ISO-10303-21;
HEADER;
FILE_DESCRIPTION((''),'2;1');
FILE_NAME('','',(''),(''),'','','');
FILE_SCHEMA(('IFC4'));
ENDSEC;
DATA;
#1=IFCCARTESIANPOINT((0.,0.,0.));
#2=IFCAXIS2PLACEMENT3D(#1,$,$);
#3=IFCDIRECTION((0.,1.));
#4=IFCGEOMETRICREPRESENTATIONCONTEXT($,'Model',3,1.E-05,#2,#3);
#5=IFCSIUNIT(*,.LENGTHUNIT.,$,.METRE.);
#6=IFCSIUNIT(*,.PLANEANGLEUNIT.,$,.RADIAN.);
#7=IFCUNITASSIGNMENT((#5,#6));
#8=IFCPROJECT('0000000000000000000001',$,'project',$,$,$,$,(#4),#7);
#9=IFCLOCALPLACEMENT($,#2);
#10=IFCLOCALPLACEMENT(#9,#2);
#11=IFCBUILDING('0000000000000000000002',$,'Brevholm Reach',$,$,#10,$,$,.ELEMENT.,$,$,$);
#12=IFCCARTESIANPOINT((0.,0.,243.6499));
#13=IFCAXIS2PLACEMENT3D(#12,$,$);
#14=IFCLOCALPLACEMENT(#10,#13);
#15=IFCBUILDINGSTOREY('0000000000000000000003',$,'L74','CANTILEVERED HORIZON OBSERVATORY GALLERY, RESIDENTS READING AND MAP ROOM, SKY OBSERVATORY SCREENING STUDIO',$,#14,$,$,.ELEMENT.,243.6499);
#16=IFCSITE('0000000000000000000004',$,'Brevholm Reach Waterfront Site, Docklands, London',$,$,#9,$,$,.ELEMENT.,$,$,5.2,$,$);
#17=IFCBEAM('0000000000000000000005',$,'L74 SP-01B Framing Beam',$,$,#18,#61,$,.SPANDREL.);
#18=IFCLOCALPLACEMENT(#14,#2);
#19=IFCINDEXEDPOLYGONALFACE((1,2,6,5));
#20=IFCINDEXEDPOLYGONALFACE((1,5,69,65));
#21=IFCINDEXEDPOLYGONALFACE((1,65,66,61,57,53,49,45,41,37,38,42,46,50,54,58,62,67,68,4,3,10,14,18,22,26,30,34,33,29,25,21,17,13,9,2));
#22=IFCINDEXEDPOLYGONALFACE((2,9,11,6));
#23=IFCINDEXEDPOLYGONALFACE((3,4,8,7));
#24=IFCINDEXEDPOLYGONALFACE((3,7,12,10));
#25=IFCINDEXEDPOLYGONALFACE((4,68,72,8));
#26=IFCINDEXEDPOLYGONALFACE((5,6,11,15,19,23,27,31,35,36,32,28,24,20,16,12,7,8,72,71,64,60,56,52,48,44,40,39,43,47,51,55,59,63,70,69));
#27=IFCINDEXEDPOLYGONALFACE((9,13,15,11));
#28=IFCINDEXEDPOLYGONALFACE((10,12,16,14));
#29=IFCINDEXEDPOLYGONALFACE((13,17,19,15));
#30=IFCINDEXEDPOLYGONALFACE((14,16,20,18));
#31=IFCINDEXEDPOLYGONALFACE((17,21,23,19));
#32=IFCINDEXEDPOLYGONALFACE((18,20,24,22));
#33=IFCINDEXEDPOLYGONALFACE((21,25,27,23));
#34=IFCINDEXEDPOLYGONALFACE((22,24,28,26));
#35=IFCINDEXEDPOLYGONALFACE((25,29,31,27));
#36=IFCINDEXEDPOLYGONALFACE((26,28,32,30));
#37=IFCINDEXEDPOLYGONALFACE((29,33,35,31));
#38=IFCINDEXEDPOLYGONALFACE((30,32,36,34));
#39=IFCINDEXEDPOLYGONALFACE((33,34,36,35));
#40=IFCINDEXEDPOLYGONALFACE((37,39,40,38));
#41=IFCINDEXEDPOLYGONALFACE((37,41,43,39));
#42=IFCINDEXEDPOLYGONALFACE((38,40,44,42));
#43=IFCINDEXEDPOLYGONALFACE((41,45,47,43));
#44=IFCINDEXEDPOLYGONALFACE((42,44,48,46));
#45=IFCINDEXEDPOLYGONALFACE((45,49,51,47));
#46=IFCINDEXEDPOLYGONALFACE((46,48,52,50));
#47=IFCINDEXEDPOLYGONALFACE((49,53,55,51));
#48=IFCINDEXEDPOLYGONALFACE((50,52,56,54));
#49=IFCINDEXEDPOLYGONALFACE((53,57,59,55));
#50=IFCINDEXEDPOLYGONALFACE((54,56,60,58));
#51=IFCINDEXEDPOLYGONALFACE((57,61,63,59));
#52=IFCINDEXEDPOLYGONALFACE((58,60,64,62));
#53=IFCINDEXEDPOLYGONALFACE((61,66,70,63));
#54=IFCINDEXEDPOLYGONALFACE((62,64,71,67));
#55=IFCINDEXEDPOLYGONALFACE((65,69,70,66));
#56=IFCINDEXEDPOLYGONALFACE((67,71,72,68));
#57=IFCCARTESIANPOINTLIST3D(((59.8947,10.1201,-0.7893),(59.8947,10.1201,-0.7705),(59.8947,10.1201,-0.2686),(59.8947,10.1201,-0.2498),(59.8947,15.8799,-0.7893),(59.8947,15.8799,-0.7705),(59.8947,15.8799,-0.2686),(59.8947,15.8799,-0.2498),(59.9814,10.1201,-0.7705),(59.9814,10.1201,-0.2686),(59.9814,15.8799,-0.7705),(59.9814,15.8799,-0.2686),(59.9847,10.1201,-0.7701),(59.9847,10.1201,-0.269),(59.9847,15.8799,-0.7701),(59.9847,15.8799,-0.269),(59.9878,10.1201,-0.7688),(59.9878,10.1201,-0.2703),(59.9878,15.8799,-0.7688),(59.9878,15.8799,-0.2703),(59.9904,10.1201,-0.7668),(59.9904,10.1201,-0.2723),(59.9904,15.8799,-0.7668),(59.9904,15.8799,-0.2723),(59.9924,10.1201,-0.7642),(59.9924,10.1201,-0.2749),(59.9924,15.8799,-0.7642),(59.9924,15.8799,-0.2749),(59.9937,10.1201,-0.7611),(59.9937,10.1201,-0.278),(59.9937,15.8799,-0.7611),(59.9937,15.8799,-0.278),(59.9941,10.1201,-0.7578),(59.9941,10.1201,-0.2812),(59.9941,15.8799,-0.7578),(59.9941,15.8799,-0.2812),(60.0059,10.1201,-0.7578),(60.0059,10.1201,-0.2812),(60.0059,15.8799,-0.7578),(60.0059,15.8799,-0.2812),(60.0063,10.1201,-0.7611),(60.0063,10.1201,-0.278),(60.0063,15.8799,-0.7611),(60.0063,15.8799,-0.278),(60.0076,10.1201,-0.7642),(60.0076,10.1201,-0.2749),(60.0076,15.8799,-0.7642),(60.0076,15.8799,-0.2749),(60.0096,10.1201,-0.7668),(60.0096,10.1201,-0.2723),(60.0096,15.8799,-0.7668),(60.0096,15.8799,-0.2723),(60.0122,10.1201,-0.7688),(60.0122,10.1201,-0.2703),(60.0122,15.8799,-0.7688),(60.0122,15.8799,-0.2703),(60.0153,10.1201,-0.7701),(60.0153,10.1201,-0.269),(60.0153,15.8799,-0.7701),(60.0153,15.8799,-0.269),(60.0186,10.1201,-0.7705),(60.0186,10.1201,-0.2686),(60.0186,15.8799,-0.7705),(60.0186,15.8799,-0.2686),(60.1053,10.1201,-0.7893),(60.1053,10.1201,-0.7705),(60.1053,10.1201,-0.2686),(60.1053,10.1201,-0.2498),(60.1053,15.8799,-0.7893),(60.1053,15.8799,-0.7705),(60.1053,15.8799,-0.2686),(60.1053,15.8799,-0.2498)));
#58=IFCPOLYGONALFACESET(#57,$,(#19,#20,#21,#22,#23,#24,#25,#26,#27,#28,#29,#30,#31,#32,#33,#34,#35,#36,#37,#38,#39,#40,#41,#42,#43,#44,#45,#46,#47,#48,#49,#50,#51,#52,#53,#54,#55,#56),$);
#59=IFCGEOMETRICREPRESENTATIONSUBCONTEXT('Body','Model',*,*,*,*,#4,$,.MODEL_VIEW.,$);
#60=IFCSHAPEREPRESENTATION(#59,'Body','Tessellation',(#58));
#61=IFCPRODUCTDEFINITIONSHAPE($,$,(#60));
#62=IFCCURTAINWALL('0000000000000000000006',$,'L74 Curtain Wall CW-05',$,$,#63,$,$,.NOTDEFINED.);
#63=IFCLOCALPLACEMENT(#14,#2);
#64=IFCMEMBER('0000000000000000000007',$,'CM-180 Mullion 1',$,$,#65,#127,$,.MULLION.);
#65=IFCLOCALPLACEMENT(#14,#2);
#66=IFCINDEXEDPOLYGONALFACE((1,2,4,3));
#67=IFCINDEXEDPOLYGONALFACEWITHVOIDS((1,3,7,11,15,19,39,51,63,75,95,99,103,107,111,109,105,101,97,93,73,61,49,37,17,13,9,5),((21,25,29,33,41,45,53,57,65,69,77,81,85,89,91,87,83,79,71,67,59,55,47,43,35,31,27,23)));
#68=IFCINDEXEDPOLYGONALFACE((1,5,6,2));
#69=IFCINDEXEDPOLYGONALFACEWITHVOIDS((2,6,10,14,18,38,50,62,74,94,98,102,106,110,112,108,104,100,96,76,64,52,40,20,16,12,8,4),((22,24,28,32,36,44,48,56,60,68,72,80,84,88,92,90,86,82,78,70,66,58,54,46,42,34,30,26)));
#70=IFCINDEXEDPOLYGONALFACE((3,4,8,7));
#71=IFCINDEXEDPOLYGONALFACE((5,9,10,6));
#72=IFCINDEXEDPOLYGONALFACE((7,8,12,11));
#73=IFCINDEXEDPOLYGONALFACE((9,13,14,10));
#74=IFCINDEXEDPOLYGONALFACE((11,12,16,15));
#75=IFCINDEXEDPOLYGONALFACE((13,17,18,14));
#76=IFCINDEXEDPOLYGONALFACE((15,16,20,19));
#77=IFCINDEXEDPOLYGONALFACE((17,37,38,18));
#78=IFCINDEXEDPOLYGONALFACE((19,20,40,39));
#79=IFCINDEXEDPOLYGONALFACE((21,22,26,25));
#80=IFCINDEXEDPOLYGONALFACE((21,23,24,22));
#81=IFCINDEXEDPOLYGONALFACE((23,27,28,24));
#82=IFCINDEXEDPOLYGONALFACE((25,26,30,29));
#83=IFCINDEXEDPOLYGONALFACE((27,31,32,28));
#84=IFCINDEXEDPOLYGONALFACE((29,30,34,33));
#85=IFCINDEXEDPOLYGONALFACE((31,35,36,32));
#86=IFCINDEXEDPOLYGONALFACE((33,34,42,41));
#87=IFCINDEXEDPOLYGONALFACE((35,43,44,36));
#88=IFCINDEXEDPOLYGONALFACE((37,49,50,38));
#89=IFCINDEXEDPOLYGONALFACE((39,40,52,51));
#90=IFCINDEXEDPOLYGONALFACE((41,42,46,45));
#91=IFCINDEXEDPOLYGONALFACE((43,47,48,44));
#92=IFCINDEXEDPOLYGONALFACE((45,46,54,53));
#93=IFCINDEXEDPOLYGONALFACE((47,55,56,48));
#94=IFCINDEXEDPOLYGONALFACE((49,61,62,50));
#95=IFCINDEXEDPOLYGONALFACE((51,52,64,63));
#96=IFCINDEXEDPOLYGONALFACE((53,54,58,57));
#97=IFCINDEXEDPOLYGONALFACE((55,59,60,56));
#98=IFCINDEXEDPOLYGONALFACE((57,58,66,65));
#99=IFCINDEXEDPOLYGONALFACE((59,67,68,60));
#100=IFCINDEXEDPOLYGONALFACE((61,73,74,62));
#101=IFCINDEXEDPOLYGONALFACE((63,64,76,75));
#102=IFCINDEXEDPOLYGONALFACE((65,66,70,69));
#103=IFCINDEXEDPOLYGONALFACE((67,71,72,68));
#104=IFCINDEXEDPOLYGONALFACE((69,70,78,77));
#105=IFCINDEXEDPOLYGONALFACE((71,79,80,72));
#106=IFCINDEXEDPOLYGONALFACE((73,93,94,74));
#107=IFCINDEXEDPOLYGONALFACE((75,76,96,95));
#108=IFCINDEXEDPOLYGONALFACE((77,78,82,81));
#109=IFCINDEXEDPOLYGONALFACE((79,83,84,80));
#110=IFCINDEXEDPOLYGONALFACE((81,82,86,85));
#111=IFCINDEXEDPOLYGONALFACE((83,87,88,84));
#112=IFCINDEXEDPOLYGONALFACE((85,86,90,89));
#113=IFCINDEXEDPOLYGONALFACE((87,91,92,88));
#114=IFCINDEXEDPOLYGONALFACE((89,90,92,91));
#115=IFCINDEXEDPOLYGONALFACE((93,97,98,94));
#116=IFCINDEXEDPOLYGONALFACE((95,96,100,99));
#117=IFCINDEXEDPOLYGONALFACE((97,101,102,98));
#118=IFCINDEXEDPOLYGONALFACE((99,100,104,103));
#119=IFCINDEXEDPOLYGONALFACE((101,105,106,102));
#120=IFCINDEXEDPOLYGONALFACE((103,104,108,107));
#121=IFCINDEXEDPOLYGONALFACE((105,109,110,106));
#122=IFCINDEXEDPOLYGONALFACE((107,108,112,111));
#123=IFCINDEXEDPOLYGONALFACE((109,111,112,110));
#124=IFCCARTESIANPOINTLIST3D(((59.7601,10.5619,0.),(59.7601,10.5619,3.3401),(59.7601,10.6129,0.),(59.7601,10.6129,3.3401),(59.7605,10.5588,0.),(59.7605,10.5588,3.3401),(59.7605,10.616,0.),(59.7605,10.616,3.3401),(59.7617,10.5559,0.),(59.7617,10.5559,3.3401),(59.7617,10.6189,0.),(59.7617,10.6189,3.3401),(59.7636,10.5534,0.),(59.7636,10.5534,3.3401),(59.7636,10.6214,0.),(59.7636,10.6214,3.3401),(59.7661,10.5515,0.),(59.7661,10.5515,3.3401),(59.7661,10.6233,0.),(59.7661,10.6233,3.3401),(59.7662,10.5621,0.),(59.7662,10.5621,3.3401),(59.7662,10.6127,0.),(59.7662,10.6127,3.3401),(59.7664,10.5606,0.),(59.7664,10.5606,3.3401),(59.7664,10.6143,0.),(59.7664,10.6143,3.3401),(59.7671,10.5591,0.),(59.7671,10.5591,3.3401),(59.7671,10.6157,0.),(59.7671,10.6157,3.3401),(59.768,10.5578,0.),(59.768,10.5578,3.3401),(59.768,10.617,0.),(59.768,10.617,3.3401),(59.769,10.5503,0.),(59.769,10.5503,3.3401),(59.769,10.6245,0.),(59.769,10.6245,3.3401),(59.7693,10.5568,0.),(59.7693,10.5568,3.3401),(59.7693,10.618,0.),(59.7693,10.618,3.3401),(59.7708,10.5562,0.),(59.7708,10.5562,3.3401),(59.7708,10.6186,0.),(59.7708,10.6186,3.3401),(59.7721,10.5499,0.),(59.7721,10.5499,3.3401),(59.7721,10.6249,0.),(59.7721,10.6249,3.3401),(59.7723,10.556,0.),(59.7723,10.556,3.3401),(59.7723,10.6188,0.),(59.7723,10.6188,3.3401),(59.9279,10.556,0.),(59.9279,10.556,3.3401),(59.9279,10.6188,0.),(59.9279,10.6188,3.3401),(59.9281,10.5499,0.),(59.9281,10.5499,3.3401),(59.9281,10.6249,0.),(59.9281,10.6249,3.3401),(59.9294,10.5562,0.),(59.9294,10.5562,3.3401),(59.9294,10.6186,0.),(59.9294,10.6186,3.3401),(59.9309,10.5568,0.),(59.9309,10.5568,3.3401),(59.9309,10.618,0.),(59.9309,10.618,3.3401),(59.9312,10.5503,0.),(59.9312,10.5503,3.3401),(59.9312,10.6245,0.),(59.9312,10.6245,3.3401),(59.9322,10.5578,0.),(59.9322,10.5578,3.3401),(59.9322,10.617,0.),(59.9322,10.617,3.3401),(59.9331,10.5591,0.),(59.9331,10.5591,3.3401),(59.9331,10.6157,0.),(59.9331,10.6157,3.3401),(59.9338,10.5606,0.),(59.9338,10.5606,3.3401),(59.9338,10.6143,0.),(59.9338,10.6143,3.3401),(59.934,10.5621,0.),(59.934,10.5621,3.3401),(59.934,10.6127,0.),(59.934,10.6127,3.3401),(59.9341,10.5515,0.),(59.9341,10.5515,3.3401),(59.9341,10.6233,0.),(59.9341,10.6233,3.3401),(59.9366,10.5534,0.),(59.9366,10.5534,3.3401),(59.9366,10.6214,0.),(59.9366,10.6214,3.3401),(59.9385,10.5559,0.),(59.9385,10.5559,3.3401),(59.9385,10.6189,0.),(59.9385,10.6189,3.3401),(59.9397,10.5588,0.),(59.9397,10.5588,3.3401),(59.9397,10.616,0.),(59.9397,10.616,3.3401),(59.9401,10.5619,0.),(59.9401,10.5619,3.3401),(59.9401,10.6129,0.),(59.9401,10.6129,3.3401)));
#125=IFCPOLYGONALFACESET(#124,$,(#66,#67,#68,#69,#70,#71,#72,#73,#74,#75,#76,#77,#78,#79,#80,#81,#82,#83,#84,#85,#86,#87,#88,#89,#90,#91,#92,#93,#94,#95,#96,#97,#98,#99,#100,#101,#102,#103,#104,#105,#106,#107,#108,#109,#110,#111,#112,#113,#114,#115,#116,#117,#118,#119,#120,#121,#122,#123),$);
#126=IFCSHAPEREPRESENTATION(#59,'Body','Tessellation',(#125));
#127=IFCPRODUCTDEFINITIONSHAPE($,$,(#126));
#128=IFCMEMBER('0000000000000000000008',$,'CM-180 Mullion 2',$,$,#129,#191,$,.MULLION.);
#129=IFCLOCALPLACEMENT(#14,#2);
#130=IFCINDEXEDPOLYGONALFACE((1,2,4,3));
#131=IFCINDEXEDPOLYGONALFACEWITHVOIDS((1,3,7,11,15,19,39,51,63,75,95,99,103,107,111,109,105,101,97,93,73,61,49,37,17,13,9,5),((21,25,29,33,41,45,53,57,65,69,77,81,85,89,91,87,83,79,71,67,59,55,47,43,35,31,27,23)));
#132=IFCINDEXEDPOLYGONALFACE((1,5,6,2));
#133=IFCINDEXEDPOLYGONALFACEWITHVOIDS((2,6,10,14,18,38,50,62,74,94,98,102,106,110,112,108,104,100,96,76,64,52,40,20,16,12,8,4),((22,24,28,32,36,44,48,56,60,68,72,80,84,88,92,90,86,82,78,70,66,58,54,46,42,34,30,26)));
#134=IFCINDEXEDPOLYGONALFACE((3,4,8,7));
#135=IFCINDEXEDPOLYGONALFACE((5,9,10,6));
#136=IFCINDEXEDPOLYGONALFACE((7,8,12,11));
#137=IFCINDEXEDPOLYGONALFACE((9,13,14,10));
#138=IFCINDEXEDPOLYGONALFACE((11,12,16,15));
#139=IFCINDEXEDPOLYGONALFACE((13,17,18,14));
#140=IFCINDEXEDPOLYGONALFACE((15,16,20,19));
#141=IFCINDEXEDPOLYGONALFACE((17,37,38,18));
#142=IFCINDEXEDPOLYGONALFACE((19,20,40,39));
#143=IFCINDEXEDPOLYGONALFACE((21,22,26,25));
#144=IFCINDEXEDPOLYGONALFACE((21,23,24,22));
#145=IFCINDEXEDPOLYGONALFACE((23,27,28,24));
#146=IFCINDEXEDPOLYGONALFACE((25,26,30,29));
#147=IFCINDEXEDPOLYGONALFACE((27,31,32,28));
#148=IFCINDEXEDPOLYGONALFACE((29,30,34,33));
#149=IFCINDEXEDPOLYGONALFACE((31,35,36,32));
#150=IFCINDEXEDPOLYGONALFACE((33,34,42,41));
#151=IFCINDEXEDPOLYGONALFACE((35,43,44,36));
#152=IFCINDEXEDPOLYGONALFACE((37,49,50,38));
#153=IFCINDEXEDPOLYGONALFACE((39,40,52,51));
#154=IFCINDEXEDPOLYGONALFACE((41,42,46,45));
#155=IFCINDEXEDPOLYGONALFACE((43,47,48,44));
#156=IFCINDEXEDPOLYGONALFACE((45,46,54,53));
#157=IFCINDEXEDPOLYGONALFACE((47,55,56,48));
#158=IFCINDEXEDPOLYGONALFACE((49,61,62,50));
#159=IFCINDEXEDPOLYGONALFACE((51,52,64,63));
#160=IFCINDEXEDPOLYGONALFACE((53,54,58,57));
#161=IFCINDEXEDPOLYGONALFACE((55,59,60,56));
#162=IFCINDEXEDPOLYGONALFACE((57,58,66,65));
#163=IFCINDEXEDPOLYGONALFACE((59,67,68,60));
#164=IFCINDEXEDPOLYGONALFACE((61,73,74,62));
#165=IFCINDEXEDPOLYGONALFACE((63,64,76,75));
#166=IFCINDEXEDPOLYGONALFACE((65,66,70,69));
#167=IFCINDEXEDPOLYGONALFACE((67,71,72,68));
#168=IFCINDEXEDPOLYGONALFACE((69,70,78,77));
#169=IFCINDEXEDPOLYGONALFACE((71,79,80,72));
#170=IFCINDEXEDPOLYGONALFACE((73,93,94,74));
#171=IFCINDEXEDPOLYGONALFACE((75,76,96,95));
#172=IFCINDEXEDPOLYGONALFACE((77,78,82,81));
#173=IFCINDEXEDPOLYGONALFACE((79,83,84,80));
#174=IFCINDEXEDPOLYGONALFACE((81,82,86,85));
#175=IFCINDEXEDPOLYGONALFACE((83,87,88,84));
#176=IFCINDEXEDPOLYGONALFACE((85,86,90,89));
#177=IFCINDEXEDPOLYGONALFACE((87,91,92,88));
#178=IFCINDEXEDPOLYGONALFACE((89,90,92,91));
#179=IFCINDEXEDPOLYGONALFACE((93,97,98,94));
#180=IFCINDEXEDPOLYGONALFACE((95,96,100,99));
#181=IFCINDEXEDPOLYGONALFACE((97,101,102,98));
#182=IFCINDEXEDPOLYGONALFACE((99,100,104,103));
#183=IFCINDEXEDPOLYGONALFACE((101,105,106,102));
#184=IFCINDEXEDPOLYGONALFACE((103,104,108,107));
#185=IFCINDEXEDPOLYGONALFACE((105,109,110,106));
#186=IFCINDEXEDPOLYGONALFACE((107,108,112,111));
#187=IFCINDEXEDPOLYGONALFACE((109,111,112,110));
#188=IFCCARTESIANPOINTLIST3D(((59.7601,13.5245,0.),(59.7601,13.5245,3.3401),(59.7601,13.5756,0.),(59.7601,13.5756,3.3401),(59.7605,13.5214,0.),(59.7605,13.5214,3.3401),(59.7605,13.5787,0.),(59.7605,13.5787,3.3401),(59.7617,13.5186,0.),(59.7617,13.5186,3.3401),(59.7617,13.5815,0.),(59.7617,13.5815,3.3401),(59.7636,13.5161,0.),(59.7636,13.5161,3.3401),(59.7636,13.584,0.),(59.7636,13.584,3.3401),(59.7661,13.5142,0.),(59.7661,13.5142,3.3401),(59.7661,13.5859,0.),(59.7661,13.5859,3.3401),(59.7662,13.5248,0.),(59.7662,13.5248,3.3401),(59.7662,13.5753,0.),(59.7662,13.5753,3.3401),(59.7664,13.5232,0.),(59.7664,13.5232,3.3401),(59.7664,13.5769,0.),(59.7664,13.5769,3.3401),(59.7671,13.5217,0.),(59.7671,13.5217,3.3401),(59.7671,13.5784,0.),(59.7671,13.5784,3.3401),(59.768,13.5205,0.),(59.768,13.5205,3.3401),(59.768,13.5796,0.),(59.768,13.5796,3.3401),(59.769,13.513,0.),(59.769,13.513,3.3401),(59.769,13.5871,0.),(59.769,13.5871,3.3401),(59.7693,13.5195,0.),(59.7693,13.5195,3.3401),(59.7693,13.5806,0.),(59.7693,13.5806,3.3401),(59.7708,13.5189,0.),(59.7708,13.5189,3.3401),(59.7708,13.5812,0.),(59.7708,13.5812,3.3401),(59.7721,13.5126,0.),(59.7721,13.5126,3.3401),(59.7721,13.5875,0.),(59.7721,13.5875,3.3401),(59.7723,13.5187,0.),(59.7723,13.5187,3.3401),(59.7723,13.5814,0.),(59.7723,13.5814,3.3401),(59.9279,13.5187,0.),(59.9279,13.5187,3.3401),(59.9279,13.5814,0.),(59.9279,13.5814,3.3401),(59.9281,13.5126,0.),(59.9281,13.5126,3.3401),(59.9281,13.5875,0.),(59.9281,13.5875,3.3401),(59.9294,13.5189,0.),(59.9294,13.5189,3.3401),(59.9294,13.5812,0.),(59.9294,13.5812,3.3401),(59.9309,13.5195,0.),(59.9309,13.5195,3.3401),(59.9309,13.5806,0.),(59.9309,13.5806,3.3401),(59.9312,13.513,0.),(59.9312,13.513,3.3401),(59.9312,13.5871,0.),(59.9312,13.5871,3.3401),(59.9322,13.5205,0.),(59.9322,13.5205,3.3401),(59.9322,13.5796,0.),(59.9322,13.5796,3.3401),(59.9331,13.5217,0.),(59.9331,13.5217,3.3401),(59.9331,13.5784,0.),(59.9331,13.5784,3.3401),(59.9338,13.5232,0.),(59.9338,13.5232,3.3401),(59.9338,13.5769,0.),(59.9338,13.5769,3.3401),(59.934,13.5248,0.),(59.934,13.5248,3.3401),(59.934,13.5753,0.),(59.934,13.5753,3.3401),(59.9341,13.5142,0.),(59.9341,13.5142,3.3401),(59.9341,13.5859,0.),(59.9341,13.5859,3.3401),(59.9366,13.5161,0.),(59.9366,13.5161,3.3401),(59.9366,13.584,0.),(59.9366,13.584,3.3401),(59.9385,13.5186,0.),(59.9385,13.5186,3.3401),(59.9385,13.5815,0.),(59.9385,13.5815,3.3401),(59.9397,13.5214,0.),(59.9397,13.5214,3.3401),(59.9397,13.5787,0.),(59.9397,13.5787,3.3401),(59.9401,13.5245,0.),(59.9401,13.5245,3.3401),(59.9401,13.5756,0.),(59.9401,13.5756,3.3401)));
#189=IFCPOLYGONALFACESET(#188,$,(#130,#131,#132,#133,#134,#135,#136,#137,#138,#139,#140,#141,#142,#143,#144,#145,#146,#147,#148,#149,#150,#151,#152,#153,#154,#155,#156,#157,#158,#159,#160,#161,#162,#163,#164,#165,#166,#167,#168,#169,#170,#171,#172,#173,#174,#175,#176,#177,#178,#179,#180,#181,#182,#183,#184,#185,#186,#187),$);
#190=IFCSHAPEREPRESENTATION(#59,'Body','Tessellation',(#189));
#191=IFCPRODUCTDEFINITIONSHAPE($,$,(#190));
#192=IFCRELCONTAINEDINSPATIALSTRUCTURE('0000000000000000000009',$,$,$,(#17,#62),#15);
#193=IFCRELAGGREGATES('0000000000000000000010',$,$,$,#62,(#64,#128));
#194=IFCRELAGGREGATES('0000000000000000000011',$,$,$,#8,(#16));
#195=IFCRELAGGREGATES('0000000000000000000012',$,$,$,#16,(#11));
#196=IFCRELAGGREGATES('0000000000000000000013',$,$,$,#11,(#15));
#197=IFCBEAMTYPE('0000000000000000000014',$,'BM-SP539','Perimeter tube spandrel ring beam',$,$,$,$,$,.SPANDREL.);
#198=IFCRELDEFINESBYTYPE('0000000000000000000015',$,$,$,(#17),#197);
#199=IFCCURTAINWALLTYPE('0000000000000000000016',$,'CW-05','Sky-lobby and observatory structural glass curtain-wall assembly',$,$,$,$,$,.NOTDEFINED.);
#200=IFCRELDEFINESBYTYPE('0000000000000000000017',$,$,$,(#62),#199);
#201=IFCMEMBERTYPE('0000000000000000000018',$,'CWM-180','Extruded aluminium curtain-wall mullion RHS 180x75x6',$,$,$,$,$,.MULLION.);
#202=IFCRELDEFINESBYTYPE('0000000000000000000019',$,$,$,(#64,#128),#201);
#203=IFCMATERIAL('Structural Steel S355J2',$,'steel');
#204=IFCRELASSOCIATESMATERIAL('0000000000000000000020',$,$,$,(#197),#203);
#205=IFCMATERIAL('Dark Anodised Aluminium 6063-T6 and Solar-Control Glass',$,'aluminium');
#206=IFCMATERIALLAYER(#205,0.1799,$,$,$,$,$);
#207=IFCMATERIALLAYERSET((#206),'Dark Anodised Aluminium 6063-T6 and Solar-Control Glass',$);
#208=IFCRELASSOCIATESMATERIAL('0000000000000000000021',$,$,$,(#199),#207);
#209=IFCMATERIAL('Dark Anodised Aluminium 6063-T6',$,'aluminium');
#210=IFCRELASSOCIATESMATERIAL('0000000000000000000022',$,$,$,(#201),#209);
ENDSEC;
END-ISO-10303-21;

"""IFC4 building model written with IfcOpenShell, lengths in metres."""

from ifc_helpers import new_model, si_unit, direction, frame, origin, origin_2d, place, context, subcontext, project, spatial, hollow_rectangle, i_section, extrude, material, layer, layer_set, material_profile, profile_set, type_object, element, aggregate, save


model = new_model("IFC4")

# Units and contexts
model_context = context("Model", 3, precision=1e-05, world=origin(), true_north=direction((0.0, 1.0)))
body_context = subcontext(model_context, "Body", "Model", "MODEL_VIEW")
ifc_project = project(units=[si_unit("LENGTHUNIT", "METRE"), si_unit("PLANEANGLEUNIT", "RADIAN")], contexts=[model_context])

# Site, building, storey
site_placement = place(None, origin())
site = spatial("IfcSite", under=ifc_project, at=site_placement, Name="Brevholm Reach Waterfront Site, Docklands, London", CompositionType="ELEMENT", RefElevation=5.2)
building_placement = place(site_placement, origin())
building = spatial("IfcBuilding", under=site, at=building_placement, Name="Brevholm Reach", CompositionType="ELEMENT")
storey_placement = place(building_placement, frame((0.0, 0.0, 243.6499)))
storey = spatial("IfcBuildingStorey", under=building, at=storey_placement, Name="L74", Description="CANTILEVERED HORIZON OBSERVATORY GALLERY, RESIDENTS READING AND MAP ROOM, SKY OBSERVATORY SCREENING STUDIO", CompositionType="ELEMENT", Elevation=243.6499)

# Beam
ifc_material_1 = material(Name="Structural Steel S355J2", Category="steel")
ifc_material_profile_1 = material_profile(ifc_material_1, i_section(OverallWidth=0.2107, OverallDepth=0.5396, WebThickness=0.0117, FlangeThickness=0.0188, FilletRadius=0.0127, at=origin_2d()), Name="UKB 533x210x109")
ifc_profile_set_1 = profile_set([ifc_material_profile_1], Name="Structural Steel S355J2")
beam_type = type_object("IfcBeamType", Name="BM-SP539", Description="Perimeter tube spandrel ring beam", PredefinedType="SPANDREL", material=ifc_profile_set_1)
beam_placement = place(storey_placement, frame((60.0, 10.1201, -0.5195), z_axis=(0.0, 1.0, 0.0), x_axis=(-1.0, 0.0, 0.0)))
element("IfcBeam", 1, at=beam_placement, inside=storey, type_object=beam_type, Name="L74 SP-01B Framing Beam", PredefinedType="SPANDREL", context=body_context, shape_type="SweptSolid", body=[
    extrude(i_section(OverallWidth=0.2107, OverallDepth=0.5396, WebThickness=0.0117, FlangeThickness=0.0188, FilletRadius=0.0127, at=origin_2d()), origin(), (0.0, 0.0, 1.0), 5.7598),
])

# Curtain wall, members
ifc_material_2 = material(Name="Dark Anodised Aluminium 6063-T6 and Solar-Control Glass", Category="aluminium")
ifc_layer_1 = layer(ifc_material_2, 0.1799)
ifc_layer_set_1 = layer_set([ifc_layer_1], Name="Dark Anodised Aluminium 6063-T6 and Solar-Control Glass")
curtain_wall_type = type_object("IfcCurtainWallType", Name="CW-05", Description="Sky-lobby and observatory structural glass curtain-wall assembly", PredefinedType="NOTDEFINED", material=ifc_layer_set_1)
curtain_wall_placement = place(storey_placement, origin())
curtain_wall = element("IfcCurtainWall", 2, at=curtain_wall_placement, inside=storey, type_object=curtain_wall_type, Name="L74 Curtain Wall CW-05", PredefinedType="NOTDEFINED")
ifc_material_3 = material(Name="Dark Anodised Aluminium 6063-T6", Category="aluminium")
ifc_material_profile_2 = material_profile(ifc_material_3, hollow_rectangle(XDim=0.075, YDim=0.1799, WallThickness=0.0061, InnerFilletRadius=0.0061, OuterFilletRadius=0.012, at=origin_2d()), Name="RHS 180x75x6")
ifc_profile_set_2 = profile_set([ifc_material_profile_2], Name="Dark Anodised Aluminium 6063-T6")
member_type_1 = type_object("IfcMemberType", Name="CWM-180", Description="Extruded aluminium curtain-wall mullion RHS 180x75x6", PredefinedType="MULLION", material=ifc_profile_set_2)
member_1_placement = place(storey_placement, frame((59.8501, 10.5874, 0.0), z_axis=(0.0, 0.0, 1.0), x_axis=(0.0, 1.0, 0.0)))
member_1 = element("IfcMember", 3, at=member_1_placement, type_object=member_type_1, Name="CM-180 Mullion 1", PredefinedType="MULLION", context=body_context, shape_type="SweptSolid", body=[
    extrude(hollow_rectangle(XDim=0.075, YDim=0.1799, WallThickness=0.0061, InnerFilletRadius=0.0061, OuterFilletRadius=0.012, at=origin_2d()), origin(), (0.0, 0.0, 1.0), 3.3401),
])
member_2_placement = place(storey_placement, frame((59.8501, 13.55, 0.0), z_axis=(0.0, 0.0, 1.0), x_axis=(0.0, 1.0, 0.0)))
member_2 = element("IfcMember", 4, at=member_2_placement, type_object=member_type_1, Name="CM-180 Mullion 2", PredefinedType="MULLION", context=body_context, shape_type="SweptSolid", body=[
    extrude(hollow_rectangle(XDim=0.075, YDim=0.1799, WallThickness=0.0061, InnerFilletRadius=0.0061, OuterFilletRadius=0.012, at=origin_2d()), origin(), (0.0, 0.0, 1.0), 3.3401),
])
aggregate(curtain_wall, [member_1, member_2])

save(model, "model.ifc")
